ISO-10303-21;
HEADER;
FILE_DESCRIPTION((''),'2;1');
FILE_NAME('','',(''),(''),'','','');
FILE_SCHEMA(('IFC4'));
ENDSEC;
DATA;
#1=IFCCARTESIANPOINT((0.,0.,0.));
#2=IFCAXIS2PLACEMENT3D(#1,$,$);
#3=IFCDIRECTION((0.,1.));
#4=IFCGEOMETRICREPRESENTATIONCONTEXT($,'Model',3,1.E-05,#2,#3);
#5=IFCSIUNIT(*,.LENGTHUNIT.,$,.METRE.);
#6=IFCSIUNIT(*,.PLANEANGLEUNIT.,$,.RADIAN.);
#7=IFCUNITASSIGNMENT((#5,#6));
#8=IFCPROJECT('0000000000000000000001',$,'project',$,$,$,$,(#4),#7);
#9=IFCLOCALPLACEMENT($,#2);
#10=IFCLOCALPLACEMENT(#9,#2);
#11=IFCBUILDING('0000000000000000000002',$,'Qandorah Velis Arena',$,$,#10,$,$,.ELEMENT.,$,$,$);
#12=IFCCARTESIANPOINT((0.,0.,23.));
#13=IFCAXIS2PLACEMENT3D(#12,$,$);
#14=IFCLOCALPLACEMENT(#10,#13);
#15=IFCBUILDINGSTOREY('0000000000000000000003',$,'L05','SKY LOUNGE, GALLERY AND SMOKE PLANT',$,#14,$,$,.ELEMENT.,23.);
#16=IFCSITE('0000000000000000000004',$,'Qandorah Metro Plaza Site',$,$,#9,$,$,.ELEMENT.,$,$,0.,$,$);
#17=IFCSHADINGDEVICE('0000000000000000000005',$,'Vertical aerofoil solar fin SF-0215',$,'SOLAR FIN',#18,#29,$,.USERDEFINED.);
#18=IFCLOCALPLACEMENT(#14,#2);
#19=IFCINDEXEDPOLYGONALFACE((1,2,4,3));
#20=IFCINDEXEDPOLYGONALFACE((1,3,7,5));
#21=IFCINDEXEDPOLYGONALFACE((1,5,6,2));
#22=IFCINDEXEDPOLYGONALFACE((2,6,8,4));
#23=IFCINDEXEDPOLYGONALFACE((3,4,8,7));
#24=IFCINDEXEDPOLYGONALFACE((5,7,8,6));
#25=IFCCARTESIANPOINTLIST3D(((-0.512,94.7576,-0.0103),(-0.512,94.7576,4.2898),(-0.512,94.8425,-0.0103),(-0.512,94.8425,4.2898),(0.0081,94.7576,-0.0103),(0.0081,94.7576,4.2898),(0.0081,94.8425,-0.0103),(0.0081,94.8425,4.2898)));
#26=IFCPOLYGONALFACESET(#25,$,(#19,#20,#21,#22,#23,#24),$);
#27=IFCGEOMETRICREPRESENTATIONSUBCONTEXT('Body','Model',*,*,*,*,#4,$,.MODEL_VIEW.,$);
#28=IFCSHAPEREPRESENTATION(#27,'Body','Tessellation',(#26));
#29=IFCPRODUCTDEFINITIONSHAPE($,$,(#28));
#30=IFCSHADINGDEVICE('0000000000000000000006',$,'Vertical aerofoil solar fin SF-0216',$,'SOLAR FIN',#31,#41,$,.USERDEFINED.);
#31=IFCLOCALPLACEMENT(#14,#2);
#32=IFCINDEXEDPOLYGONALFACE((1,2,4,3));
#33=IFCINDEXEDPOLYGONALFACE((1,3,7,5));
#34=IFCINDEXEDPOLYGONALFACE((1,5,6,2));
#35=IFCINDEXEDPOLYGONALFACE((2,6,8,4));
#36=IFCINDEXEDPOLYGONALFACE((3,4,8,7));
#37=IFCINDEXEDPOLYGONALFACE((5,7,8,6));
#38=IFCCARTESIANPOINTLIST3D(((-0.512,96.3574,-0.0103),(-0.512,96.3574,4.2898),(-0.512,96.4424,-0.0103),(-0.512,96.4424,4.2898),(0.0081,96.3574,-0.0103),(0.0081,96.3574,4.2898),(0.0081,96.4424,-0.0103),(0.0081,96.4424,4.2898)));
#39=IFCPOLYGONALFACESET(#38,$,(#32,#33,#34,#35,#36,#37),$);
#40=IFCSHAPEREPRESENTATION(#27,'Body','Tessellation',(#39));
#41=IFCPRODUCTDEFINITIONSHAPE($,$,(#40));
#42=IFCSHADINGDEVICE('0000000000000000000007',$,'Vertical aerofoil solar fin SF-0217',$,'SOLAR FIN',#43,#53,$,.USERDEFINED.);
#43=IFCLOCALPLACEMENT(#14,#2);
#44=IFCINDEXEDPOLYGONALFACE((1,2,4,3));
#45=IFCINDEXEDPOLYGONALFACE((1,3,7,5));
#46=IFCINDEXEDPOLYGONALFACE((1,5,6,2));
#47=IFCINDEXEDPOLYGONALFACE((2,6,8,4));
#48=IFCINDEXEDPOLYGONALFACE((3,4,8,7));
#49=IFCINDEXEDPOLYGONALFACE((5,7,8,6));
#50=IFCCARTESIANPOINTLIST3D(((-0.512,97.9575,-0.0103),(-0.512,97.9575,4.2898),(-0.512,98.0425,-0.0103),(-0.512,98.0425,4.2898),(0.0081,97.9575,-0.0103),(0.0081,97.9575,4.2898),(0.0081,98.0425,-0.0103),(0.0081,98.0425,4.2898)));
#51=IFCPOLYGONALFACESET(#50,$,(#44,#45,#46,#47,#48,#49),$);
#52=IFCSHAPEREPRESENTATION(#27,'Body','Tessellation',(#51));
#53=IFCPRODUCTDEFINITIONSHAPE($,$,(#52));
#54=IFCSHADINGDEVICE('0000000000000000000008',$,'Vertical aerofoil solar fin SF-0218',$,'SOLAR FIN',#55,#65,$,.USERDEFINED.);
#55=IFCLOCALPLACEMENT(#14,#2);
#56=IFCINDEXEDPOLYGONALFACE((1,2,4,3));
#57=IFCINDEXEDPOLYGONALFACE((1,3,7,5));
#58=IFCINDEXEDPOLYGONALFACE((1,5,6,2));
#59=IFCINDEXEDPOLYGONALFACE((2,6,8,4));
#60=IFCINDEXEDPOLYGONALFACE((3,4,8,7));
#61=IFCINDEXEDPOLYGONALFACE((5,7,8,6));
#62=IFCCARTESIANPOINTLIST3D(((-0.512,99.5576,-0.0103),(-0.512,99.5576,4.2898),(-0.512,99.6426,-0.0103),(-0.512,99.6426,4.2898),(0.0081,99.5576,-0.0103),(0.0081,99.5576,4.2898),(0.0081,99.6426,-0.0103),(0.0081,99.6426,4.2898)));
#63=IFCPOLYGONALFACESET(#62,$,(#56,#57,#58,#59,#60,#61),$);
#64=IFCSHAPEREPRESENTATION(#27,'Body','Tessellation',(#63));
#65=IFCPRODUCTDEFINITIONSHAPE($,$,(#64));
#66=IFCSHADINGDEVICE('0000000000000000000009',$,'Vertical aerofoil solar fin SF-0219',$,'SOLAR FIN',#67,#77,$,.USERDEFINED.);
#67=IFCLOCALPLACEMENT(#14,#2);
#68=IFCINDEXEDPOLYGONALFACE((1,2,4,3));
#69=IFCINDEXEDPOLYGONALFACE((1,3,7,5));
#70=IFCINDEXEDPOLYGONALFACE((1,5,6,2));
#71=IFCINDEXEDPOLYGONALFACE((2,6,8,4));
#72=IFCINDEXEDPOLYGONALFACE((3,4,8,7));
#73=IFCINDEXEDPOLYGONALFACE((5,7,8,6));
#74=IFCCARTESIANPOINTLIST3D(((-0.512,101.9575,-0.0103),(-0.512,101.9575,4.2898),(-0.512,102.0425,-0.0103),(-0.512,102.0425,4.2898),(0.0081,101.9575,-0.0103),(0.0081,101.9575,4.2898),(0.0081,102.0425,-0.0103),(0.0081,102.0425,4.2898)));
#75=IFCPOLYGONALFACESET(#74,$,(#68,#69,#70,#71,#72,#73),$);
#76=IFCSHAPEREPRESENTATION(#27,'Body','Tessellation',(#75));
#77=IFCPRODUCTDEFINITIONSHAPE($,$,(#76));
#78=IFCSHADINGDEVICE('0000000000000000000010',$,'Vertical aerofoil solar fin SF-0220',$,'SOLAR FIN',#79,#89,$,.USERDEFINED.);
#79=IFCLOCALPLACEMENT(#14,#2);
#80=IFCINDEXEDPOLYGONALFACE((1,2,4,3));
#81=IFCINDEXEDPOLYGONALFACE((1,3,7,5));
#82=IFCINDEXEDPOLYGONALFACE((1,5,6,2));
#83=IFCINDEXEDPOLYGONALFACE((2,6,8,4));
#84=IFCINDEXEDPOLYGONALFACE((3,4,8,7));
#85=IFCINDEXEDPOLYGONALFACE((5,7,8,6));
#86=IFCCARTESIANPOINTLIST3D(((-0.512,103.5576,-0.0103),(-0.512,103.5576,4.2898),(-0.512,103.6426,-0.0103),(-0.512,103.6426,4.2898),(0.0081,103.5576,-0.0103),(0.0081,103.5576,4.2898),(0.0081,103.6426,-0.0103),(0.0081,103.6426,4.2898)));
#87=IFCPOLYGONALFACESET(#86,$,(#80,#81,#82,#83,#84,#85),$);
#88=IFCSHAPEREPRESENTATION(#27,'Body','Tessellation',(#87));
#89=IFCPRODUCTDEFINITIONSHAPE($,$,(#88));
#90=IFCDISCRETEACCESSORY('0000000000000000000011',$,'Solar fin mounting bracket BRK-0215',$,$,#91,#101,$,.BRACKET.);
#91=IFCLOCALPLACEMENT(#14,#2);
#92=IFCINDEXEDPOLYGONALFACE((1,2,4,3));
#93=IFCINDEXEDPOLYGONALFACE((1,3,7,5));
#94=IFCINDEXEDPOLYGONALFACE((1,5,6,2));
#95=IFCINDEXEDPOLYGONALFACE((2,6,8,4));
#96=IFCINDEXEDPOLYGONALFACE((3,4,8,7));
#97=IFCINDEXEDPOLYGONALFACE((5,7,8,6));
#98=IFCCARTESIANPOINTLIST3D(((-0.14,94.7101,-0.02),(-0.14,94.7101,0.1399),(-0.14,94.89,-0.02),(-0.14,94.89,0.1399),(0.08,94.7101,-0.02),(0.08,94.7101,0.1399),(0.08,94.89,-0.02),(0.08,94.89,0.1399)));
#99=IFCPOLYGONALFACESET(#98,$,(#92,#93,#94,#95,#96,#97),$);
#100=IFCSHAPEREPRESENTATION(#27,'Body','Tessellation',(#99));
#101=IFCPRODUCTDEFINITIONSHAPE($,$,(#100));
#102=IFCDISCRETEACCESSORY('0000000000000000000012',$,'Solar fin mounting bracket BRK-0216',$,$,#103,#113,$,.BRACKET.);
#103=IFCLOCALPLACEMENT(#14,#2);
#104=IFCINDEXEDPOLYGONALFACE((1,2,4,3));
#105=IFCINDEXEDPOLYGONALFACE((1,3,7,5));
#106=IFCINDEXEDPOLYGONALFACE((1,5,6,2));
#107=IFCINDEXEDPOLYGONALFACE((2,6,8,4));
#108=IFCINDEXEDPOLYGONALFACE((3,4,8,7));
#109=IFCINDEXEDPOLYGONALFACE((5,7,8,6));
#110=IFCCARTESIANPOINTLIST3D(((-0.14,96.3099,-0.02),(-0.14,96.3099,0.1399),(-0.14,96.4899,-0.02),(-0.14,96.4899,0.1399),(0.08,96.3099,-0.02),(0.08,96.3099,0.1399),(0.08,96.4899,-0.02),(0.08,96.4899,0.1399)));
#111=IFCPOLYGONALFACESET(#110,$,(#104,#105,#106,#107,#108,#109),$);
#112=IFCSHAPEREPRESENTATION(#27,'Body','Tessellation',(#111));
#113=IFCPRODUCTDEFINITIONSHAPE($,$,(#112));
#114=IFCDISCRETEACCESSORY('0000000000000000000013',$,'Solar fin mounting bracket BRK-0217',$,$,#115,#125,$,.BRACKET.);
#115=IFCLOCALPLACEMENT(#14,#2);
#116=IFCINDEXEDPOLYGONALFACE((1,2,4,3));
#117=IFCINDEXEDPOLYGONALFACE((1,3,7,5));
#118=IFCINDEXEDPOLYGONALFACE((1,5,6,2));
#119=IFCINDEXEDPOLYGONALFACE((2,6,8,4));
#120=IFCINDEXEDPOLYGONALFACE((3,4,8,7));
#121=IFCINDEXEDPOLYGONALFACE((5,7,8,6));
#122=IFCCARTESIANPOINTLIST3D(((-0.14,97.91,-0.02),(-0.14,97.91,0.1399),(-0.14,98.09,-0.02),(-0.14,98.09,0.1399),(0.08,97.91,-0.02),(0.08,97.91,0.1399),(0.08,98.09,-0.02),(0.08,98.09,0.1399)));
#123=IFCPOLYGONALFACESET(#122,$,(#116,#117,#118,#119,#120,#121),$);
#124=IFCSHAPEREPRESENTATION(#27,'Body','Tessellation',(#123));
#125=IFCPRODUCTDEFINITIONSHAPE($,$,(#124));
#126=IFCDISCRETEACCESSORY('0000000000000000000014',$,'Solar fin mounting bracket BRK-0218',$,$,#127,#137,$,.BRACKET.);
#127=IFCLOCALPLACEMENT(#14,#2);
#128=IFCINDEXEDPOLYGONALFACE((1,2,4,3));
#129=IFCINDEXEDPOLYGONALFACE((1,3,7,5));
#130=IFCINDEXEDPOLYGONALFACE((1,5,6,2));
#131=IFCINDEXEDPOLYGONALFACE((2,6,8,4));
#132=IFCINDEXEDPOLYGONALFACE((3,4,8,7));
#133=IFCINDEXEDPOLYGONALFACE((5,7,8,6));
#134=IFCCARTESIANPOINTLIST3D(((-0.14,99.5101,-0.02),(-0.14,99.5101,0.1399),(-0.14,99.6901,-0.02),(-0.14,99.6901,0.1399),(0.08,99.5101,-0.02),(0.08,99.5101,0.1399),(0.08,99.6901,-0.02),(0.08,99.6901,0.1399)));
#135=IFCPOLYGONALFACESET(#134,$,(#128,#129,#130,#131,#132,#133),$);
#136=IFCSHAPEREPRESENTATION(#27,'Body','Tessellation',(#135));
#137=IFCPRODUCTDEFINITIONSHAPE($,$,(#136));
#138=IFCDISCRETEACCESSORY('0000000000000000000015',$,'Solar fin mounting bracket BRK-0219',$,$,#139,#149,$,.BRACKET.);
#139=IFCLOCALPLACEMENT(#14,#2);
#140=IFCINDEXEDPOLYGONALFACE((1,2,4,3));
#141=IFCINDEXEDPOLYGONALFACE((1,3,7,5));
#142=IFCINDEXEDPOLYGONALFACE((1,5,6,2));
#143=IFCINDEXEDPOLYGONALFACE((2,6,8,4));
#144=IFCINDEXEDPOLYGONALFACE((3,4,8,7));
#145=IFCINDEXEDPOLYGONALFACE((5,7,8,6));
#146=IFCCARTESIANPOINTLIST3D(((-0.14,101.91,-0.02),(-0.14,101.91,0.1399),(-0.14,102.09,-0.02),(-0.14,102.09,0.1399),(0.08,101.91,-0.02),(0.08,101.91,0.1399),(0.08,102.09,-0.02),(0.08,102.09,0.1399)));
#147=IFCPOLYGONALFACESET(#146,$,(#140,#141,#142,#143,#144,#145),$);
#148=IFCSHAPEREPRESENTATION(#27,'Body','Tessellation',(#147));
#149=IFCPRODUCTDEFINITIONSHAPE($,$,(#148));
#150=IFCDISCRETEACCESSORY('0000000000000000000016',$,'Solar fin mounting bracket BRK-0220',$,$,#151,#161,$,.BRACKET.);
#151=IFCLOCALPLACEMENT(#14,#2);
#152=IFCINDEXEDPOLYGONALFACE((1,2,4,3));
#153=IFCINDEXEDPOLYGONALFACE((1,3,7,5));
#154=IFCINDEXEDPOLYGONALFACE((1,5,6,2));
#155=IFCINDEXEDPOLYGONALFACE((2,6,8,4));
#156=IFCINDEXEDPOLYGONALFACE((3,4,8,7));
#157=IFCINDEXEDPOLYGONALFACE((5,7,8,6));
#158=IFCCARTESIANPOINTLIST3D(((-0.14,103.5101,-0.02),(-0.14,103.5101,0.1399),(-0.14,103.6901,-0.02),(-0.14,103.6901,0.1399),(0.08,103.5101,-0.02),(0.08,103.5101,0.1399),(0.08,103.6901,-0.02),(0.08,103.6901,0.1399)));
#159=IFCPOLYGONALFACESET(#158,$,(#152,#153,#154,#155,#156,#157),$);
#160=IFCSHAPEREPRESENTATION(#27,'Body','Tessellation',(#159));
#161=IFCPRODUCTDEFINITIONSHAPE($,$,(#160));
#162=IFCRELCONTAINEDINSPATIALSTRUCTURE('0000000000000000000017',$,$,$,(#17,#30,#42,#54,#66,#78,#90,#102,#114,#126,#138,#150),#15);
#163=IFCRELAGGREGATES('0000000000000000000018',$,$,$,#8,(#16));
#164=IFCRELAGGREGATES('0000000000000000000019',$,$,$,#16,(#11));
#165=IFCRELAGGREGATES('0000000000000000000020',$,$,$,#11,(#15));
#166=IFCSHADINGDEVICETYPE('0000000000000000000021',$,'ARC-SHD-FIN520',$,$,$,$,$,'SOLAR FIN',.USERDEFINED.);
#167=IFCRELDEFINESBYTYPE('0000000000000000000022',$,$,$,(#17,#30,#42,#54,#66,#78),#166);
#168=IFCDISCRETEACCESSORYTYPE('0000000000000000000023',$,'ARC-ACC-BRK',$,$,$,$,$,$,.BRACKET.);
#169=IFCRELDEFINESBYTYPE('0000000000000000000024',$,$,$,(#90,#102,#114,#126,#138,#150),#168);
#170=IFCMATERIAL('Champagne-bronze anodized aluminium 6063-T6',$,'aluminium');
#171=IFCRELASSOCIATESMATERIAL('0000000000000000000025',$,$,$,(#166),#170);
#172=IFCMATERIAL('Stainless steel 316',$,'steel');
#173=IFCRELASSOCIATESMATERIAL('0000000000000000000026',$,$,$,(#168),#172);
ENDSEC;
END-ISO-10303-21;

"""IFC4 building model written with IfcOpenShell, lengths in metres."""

from ifc_helpers import new_model, si_unit, direction, frame, origin, origin_2d, place, context, subcontext, project, spatial, rectangle, extrude, material, type_object, element, save


model = new_model("IFC4")

# Units and contexts
model_context = context("Model", 3, precision=1e-05, world=origin(), true_north=direction((0.0, 1.0)))
body_context = subcontext(model_context, "Body", "Model", "MODEL_VIEW")
ifc_project = project(units=[si_unit("LENGTHUNIT", "METRE"), si_unit("PLANEANGLEUNIT", "RADIAN")], contexts=[model_context])

# Site, building, storey
site_placement = place(None, origin())
site = spatial("IfcSite", under=ifc_project, at=site_placement, Name="Qandorah Metro Plaza Site", CompositionType="ELEMENT", RefElevation=0.0)
building_placement = place(site_placement, origin())
building = spatial("IfcBuilding", under=site, at=building_placement, Name="Qandorah Velis Arena", CompositionType="ELEMENT")
storey_placement = place(building_placement, frame((0.0, 0.0, 23.0)))
storey = spatial("IfcBuildingStorey", under=building, at=storey_placement, Name="L05", Description="SKY LOUNGE, GALLERY AND SMOKE PLANT", CompositionType="ELEMENT", Elevation=23.0)

# Shared definitions
ifc_material_1 = material(Name="Champagne-bronze anodized aluminium 6063-T6", Category="aluminium")

# Shading devices
shading_device_type = type_object("IfcShadingDeviceType", Name="ARC-SHD-FIN520", ElementType="SOLAR FIN", PredefinedType="USERDEFINED", material=ifc_material_1)
for number, where, z_axis, x_axis, name in (
    (1, (-0.252, 94.8, -0.0103), (0.0, 0.0, 1.0), (1.0, 0.0, 0.0), "Vertical aerofoil solar fin SF-0215"),
    (2, (-0.252, 96.3999, -0.0103), (0.0, 0.0, 1.0), (1.0, 0.0, 0.0), "Vertical aerofoil solar fin SF-0216"),
    (3, (-0.252, 98.0, -0.0103), (0.0, 0.0, 1.0), (1.0, 0.0, 0.0), "Vertical aerofoil solar fin SF-0217"),
    (4, (-0.252, 99.6001, -0.0103), (0.0, 0.0, 1.0), (1.0, 0.0, 0.0), "Vertical aerofoil solar fin SF-0218"),
    (5, (-0.252, 102.0, -0.0103), (0.0, 0.0, 1.0), (1.0, 0.0, 0.0), "Vertical aerofoil solar fin SF-0219"),
    (6, (-0.252, 103.6001, -0.0103), (0.0, 0.0, 1.0), (1.0, 0.0, 0.0), "Vertical aerofoil solar fin SF-0220"),
):
    element("IfcShadingDevice", number, at=place(storey_placement, frame(where, z_axis=z_axis, x_axis=x_axis)), inside=storey, type_object=shading_device_type, Name=name, ObjectType="SOLAR FIN", PredefinedType="USERDEFINED", context=body_context, shape_type="SweptSolid", body=[
        extrude(rectangle(XDim=0.52, YDim=0.085, at=origin_2d()), origin(), (0.0, 0.0, 1.0), 4.3),
    ])

# Discrete accessories
ifc_material_2 = material(Name="Stainless steel 316", Category="steel")
discrete_accessory_type = type_object("IfcDiscreteAccessoryType", Name="ARC-ACC-BRK", PredefinedType="BRACKET", material=ifc_material_2)
for number, where, z_axis, x_axis, name in (
    (7, (-0.03, 94.8, -0.02), (0.0, 0.0, 1.0), (1.0, 0.0, 0.0), "Solar fin mounting bracket BRK-0215"),
    (8, (-0.03, 96.3999, -0.02), (0.0, 0.0, 1.0), (1.0, 0.0, 0.0), "Solar fin mounting bracket BRK-0216"),
    (9, (-0.03, 98.0, -0.02), (0.0, 0.0, 1.0), (1.0, 0.0, 0.0), "Solar fin mounting bracket BRK-0217"),
    (10, (-0.03, 99.6001, -0.02), (0.0, 0.0, 1.0), (1.0, 0.0, 0.0), "Solar fin mounting bracket BRK-0218"),
    (11, (-0.03, 102.0, -0.02), (0.0, 0.0, 1.0), (1.0, 0.0, 0.0), "Solar fin mounting bracket BRK-0219"),
    (12, (-0.03, 103.6001, -0.02), (0.0, 0.0, 1.0), (1.0, 0.0, 0.0), "Solar fin mounting bracket BRK-0220"),
):
    element("IfcDiscreteAccessory", number, at=place(storey_placement, frame(where, z_axis=z_axis, x_axis=x_axis)), inside=storey, type_object=discrete_accessory_type, Name=name, PredefinedType="BRACKET", context=body_context, shape_type="SweptSolid", body=[
        extrude(rectangle(XDim=0.22, YDim=0.1799, at=origin_2d()), origin(), (0.0, 0.0, 1.0), 0.1599),
    ])

save(model, "model.ifc")
